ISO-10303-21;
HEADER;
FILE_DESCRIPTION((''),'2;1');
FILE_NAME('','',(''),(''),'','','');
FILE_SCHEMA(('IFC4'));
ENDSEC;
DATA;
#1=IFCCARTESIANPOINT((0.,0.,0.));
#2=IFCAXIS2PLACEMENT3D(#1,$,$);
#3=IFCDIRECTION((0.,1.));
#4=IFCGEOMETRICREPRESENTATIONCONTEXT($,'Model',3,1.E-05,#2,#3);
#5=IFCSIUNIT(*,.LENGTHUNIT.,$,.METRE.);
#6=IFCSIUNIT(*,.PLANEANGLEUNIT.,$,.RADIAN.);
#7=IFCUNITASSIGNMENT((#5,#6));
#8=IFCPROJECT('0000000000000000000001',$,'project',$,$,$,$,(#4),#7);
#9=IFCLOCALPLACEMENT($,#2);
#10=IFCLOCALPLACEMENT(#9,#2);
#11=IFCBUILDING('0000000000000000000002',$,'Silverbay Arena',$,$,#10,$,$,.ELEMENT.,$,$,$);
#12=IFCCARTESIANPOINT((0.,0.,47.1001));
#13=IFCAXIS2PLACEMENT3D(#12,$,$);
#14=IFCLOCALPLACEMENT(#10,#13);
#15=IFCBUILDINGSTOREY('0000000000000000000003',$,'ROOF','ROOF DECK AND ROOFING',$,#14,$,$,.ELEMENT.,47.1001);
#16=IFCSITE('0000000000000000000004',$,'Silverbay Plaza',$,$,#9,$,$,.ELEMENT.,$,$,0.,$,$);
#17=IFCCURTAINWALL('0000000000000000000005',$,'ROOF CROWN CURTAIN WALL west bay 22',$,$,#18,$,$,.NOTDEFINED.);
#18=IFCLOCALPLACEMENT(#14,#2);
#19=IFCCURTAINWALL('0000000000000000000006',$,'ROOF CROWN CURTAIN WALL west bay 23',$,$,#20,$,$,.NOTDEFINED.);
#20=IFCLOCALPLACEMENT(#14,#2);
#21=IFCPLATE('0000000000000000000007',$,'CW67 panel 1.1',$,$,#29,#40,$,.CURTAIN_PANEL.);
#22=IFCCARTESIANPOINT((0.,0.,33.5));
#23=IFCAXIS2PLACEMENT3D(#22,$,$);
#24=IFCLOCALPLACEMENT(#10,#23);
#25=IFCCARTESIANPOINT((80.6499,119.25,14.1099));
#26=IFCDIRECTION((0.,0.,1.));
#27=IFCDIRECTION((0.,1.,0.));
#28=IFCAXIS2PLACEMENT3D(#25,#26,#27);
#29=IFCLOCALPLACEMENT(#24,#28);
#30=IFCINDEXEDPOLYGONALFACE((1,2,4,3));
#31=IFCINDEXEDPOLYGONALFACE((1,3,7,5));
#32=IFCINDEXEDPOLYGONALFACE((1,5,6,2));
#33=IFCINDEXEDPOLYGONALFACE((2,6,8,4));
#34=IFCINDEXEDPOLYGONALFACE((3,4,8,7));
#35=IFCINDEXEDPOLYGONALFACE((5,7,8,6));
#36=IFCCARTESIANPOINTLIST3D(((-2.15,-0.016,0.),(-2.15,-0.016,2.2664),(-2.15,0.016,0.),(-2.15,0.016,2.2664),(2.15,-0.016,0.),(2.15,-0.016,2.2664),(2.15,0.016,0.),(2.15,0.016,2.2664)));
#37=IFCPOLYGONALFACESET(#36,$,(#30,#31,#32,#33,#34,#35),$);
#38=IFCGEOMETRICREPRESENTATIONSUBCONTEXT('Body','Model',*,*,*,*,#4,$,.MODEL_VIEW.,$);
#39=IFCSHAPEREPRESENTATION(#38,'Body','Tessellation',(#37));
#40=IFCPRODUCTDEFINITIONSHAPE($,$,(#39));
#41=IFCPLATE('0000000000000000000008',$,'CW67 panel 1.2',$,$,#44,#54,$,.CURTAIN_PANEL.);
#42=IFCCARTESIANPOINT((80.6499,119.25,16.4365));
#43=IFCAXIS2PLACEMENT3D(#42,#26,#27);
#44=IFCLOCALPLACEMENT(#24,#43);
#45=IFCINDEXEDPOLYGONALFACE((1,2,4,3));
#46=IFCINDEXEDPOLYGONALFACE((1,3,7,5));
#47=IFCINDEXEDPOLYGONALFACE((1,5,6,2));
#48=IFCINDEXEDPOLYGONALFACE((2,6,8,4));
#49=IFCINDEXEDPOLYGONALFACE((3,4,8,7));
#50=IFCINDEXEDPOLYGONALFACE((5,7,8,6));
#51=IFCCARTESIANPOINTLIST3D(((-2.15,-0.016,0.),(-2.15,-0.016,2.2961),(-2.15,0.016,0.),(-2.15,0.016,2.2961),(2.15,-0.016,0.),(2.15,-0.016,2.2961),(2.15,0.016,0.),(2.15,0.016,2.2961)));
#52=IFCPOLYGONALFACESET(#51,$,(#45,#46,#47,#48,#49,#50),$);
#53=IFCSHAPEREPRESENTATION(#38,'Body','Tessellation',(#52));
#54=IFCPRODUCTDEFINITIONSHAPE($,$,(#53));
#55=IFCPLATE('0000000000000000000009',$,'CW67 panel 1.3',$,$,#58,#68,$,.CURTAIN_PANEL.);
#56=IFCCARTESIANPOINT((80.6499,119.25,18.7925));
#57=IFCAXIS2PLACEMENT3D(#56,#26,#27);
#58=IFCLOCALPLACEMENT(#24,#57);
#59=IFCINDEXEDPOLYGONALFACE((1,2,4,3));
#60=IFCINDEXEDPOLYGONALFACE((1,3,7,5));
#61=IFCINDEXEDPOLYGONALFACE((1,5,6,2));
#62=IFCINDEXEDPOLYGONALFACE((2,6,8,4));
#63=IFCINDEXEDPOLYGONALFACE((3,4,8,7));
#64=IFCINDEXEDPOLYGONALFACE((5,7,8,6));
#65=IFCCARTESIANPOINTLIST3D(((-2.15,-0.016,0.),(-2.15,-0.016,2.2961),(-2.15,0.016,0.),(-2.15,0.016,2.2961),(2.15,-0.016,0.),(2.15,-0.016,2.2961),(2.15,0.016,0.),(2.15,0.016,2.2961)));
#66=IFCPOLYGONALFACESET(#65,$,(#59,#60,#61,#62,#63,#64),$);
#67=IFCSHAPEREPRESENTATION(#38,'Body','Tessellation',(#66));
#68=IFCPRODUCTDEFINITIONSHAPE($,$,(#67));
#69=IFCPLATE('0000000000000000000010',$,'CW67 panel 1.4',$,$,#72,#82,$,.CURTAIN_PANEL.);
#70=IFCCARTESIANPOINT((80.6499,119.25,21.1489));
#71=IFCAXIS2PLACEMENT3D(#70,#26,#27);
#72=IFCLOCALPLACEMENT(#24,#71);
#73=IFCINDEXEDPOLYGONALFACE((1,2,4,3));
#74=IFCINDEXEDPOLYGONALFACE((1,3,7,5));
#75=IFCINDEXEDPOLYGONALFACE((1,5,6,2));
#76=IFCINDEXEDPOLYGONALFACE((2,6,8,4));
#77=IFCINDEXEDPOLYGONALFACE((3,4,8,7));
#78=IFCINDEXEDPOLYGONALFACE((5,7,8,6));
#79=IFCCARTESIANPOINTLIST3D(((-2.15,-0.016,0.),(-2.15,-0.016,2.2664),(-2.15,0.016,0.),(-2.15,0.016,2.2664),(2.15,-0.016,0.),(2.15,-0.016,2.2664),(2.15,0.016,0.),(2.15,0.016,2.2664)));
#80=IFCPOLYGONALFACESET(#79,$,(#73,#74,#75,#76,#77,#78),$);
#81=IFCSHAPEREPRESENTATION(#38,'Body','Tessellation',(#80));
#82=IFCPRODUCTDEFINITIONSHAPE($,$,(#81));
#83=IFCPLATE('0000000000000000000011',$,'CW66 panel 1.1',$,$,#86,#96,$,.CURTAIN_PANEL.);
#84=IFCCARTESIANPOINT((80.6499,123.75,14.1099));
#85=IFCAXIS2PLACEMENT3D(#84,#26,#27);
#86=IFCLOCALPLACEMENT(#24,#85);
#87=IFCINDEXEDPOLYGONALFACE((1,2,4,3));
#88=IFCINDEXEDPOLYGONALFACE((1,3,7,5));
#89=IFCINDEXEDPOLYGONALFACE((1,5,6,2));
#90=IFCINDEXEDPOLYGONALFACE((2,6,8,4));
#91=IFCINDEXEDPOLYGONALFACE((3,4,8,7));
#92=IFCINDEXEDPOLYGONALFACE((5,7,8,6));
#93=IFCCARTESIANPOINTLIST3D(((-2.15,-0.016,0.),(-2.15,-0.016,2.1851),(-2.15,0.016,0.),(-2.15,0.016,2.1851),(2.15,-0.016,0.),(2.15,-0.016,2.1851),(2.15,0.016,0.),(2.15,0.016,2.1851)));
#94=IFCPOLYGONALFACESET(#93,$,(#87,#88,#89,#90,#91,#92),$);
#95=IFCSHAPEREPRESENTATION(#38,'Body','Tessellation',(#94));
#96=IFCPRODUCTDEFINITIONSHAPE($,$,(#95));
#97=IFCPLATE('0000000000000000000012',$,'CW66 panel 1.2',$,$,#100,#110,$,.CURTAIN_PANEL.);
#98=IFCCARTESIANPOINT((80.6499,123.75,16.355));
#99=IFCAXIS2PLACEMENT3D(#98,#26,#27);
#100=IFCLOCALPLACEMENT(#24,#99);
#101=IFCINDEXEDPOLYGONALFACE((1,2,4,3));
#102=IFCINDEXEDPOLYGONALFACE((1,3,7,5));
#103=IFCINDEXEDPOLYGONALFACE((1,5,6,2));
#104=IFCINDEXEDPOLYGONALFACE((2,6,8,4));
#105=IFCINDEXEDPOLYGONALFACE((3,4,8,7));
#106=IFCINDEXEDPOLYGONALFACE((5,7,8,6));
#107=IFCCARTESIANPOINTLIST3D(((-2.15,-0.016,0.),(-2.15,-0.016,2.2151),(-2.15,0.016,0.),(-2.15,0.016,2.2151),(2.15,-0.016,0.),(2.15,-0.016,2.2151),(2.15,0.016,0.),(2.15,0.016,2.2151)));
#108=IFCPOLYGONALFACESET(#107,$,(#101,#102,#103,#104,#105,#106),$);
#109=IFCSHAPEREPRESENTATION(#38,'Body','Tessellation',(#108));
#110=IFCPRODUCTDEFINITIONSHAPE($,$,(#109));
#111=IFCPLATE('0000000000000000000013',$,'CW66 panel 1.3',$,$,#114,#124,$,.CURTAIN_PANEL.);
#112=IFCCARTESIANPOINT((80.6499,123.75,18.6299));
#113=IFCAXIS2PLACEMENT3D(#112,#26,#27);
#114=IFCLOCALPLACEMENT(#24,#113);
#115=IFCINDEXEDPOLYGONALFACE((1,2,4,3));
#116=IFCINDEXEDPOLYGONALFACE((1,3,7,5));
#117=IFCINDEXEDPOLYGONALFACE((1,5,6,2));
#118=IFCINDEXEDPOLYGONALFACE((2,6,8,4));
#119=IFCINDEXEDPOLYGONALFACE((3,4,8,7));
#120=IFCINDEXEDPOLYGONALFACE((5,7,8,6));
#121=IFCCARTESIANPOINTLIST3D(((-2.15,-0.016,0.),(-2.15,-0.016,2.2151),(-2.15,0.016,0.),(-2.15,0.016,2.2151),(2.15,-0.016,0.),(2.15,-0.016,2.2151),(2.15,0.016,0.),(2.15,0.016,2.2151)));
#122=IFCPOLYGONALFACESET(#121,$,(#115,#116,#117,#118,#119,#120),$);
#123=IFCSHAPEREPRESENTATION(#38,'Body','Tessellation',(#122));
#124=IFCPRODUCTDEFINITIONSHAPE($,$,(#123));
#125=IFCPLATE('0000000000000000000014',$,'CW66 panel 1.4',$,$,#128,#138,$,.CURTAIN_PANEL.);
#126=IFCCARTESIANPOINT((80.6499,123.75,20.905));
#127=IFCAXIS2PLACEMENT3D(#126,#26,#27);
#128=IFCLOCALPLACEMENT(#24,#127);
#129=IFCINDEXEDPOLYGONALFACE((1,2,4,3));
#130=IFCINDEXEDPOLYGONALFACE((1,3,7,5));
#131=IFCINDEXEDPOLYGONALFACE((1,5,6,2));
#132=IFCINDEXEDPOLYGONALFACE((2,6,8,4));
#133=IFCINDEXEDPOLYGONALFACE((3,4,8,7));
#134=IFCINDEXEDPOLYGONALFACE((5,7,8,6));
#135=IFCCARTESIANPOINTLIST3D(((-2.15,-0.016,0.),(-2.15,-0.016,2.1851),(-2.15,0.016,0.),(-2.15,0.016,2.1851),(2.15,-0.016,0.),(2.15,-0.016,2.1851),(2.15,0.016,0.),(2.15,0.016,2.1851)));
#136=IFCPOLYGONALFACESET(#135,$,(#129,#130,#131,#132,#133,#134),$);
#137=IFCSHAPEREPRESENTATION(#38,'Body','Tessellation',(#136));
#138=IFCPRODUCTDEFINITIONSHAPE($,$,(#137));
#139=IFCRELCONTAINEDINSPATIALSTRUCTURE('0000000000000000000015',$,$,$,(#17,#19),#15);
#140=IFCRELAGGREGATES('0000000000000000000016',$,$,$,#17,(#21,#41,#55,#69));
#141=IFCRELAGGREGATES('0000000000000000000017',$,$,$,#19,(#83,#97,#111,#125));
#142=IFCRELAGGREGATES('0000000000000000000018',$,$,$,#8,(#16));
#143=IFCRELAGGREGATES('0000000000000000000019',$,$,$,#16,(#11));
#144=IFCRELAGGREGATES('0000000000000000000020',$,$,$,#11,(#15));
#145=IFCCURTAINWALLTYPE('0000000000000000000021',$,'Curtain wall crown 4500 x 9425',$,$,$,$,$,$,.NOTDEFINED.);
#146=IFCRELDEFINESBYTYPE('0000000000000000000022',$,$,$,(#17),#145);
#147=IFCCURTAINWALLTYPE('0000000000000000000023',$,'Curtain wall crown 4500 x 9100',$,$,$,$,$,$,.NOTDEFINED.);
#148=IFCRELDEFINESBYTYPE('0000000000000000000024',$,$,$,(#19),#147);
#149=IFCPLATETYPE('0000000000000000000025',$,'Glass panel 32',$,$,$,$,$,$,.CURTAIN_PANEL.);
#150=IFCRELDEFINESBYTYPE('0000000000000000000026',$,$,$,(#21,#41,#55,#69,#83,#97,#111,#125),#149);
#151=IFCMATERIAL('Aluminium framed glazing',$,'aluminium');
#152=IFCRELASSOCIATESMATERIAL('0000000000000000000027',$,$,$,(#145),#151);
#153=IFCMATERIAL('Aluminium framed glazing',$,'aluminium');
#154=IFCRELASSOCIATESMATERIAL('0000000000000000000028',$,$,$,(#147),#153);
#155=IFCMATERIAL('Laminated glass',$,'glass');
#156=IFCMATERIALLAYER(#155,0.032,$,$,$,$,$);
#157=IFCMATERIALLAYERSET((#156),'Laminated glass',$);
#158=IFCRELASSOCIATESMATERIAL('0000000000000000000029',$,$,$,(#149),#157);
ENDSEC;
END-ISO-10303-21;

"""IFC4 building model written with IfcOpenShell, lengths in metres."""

from ifc_helpers import new_model, si_unit, direction, frame, origin, origin_2d, place, context, subcontext, project, spatial, rectangle, extrude, material, layer, layer_set, type_object, element, aggregate, save


model = new_model("IFC4")

# Units and contexts
model_context = context("Model", 3, precision=1e-05, world=origin(), true_north=direction((0.0, 1.0)))
body_context = subcontext(model_context, "Body", "Model", "MODEL_VIEW")
ifc_project = project(units=[si_unit("LENGTHUNIT", "METRE"), si_unit("PLANEANGLEUNIT", "RADIAN")], contexts=[model_context])

# Site, building, storey
site_placement = place(None, origin())
site = spatial("IfcSite", under=ifc_project, at=site_placement, Name="Silverbay Plaza", CompositionType="ELEMENT", RefElevation=0.0)
building_placement = place(site_placement, origin())
building = spatial("IfcBuilding", under=site, at=building_placement, Name="Silverbay Arena", CompositionType="ELEMENT")
storey_placement = place(building_placement, frame((0.0, 0.0, 47.1001)))
storey = spatial("IfcBuildingStorey", under=building, at=storey_placement, Name="ROOF", Description="ROOF DECK AND ROOFING", CompositionType="ELEMENT", Elevation=47.1001)

# Curtain walls
ifc_material_1 = material(Name="Aluminium framed glazing", Category="aluminium")
curtain_wall_type_1 = type_object("IfcCurtainWallType", Name="Curtain wall crown 4500 x 9425", PredefinedType="NOTDEFINED", material=ifc_material_1)
curtain_wall_1_placement = place(storey_placement, origin())
curtain_wall_1 = element("IfcCurtainWall", 1, at=curtain_wall_1_placement, inside=storey, type_object=curtain_wall_type_1, Name="ROOF CROWN CURTAIN WALL west bay 22", PredefinedType="NOTDEFINED")
placement = place(building_placement, frame((0.0, 0.0, 33.5)))
ifc_material_2 = material(Name="Aluminium framed glazing", Category="aluminium")
curtain_wall_type_2 = type_object("IfcCurtainWallType", Name="Curtain wall crown 4500 x 9100", PredefinedType="NOTDEFINED", material=ifc_material_2)
curtain_wall_2_placement = place(storey_placement, origin())
curtain_wall_2 = element("IfcCurtainWall", 2, at=curtain_wall_2_placement, inside=storey, type_object=curtain_wall_type_2, Name="ROOF CROWN CURTAIN WALL west bay 23", PredefinedType="NOTDEFINED")

# Plates
ifc_material_3 = material(Name="Laminated glass", Category="glass")
ifc_layer_1 = layer(ifc_material_3, 0.032)
ifc_layer_set_1 = layer_set([ifc_layer_1], Name="Laminated glass")
plate_type = type_object("IfcPlateType", Name="Glass panel 32", PredefinedType="CURTAIN_PANEL", material=ifc_layer_set_1)
plate_1_placement = place(placement, frame((80.6499, 119.25, 14.1099), z_axis=(0.0, 0.0, 1.0), x_axis=(0.0, 1.0, 0.0)))
plate_1 = element("IfcPlate", 3, at=plate_1_placement, type_object=plate_type, Name="CW67 panel 1.1", PredefinedType="CURTAIN_PANEL", context=body_context, shape_type="SweptSolid", body=[
    extrude(rectangle(XDim=4.3, YDim=0.032, at=origin_2d()), origin(), (0.0, 0.0, 1.0), 2.2664),
])
plate_2_placement = place(placement, frame((80.6499, 119.25, 16.4365), z_axis=(0.0, 0.0, 1.0), x_axis=(0.0, 1.0, 0.0)))
plate_2 = element("IfcPlate", 4, at=plate_2_placement, type_object=plate_type, Name="CW67 panel 1.2", PredefinedType="CURTAIN_PANEL", context=body_context, shape_type="SweptSolid", body=[
    extrude(rectangle(XDim=4.3, YDim=0.032, at=origin_2d()), origin(), (0.0, 0.0, 1.0), 2.2961),
])
plate_3_placement = place(placement, frame((80.6499, 119.25, 18.7925), z_axis=(0.0, 0.0, 1.0), x_axis=(0.0, 1.0, 0.0)))
plate_3 = element("IfcPlate", 5, at=plate_3_placement, type_object=plate_type, Name="CW67 panel 1.3", PredefinedType="CURTAIN_PANEL", context=body_context, shape_type="SweptSolid", body=[
    extrude(rectangle(XDim=4.3, YDim=0.032, at=origin_2d()), origin(), (0.0, 0.0, 1.0), 2.2961),
])
plate_4_placement = place(placement, frame((80.6499, 119.25, 21.1489), z_axis=(0.0, 0.0, 1.0), x_axis=(0.0, 1.0, 0.0)))
plate_4 = element("IfcPlate", 6, at=plate_4_placement, type_object=plate_type, Name="CW67 panel 1.4", PredefinedType="CURTAIN_PANEL", context=body_context, shape_type="SweptSolid", body=[
    extrude(rectangle(XDim=4.3, YDim=0.032, at=origin_2d()), origin(), (0.0, 0.0, 1.0), 2.2664),
])
aggregate(curtain_wall_1, [plate_1, plate_2, plate_3, plate_4])
plate_5_placement = place(placement, frame((80.6499, 123.75, 14.1099), z_axis=(0.0, 0.0, 1.0), x_axis=(0.0, 1.0, 0.0)))
plate_5 = element("IfcPlate", 7, at=plate_5_placement, type_object=plate_type, Name="CW66 panel 1.1", PredefinedType="CURTAIN_PANEL", context=body_context, shape_type="SweptSolid", body=[
    extrude(rectangle(XDim=4.3, YDim=0.032, at=origin_2d()), origin(), (0.0, 0.0, 1.0), 2.1851),
])
plate_6_placement = place(placement, frame((80.6499, 123.75, 16.355), z_axis=(0.0, 0.0, 1.0), x_axis=(0.0, 1.0, 0.0)))
plate_6 = element("IfcPlate", 8, at=plate_6_placement, type_object=plate_type, Name="CW66 panel 1.2", PredefinedType="CURTAIN_PANEL", context=body_context, shape_type="SweptSolid", body=[
    extrude(rectangle(XDim=4.3, YDim=0.032, at=origin_2d()), origin(), (0.0, 0.0, 1.0), 2.2151),
])
plate_7_placement = place(placement, frame((80.6499, 123.75, 18.6299), z_axis=(0.0, 0.0, 1.0), x_axis=(0.0, 1.0, 0.0)))
plate_7 = element("IfcPlate", 9, at=plate_7_placement, type_object=plate_type, Name="CW66 panel 1.3", PredefinedType="CURTAIN_PANEL", context=body_context, shape_type="SweptSolid", body=[
    extrude(rectangle(XDim=4.3, YDim=0.032, at=origin_2d()), origin(), (0.0, 0.0, 1.0), 2.2151),
])
plate_8_placement = place(placement, frame((80.6499, 123.75, 20.905), z_axis=(0.0, 0.0, 1.0), x_axis=(0.0, 1.0, 0.0)))
plate_8 = element("IfcPlate", 10, at=plate_8_placement, type_object=plate_type, Name="CW66 panel 1.4", PredefinedType="CURTAIN_PANEL", context=body_context, shape_type="SweptSolid", body=[
    extrude(rectangle(XDim=4.3, YDim=0.032, at=origin_2d()), origin(), (0.0, 0.0, 1.0), 2.1851),
])
aggregate(curtain_wall_2, [plate_5, plate_6, plate_7, plate_8])

save(model, "model.ifc")
